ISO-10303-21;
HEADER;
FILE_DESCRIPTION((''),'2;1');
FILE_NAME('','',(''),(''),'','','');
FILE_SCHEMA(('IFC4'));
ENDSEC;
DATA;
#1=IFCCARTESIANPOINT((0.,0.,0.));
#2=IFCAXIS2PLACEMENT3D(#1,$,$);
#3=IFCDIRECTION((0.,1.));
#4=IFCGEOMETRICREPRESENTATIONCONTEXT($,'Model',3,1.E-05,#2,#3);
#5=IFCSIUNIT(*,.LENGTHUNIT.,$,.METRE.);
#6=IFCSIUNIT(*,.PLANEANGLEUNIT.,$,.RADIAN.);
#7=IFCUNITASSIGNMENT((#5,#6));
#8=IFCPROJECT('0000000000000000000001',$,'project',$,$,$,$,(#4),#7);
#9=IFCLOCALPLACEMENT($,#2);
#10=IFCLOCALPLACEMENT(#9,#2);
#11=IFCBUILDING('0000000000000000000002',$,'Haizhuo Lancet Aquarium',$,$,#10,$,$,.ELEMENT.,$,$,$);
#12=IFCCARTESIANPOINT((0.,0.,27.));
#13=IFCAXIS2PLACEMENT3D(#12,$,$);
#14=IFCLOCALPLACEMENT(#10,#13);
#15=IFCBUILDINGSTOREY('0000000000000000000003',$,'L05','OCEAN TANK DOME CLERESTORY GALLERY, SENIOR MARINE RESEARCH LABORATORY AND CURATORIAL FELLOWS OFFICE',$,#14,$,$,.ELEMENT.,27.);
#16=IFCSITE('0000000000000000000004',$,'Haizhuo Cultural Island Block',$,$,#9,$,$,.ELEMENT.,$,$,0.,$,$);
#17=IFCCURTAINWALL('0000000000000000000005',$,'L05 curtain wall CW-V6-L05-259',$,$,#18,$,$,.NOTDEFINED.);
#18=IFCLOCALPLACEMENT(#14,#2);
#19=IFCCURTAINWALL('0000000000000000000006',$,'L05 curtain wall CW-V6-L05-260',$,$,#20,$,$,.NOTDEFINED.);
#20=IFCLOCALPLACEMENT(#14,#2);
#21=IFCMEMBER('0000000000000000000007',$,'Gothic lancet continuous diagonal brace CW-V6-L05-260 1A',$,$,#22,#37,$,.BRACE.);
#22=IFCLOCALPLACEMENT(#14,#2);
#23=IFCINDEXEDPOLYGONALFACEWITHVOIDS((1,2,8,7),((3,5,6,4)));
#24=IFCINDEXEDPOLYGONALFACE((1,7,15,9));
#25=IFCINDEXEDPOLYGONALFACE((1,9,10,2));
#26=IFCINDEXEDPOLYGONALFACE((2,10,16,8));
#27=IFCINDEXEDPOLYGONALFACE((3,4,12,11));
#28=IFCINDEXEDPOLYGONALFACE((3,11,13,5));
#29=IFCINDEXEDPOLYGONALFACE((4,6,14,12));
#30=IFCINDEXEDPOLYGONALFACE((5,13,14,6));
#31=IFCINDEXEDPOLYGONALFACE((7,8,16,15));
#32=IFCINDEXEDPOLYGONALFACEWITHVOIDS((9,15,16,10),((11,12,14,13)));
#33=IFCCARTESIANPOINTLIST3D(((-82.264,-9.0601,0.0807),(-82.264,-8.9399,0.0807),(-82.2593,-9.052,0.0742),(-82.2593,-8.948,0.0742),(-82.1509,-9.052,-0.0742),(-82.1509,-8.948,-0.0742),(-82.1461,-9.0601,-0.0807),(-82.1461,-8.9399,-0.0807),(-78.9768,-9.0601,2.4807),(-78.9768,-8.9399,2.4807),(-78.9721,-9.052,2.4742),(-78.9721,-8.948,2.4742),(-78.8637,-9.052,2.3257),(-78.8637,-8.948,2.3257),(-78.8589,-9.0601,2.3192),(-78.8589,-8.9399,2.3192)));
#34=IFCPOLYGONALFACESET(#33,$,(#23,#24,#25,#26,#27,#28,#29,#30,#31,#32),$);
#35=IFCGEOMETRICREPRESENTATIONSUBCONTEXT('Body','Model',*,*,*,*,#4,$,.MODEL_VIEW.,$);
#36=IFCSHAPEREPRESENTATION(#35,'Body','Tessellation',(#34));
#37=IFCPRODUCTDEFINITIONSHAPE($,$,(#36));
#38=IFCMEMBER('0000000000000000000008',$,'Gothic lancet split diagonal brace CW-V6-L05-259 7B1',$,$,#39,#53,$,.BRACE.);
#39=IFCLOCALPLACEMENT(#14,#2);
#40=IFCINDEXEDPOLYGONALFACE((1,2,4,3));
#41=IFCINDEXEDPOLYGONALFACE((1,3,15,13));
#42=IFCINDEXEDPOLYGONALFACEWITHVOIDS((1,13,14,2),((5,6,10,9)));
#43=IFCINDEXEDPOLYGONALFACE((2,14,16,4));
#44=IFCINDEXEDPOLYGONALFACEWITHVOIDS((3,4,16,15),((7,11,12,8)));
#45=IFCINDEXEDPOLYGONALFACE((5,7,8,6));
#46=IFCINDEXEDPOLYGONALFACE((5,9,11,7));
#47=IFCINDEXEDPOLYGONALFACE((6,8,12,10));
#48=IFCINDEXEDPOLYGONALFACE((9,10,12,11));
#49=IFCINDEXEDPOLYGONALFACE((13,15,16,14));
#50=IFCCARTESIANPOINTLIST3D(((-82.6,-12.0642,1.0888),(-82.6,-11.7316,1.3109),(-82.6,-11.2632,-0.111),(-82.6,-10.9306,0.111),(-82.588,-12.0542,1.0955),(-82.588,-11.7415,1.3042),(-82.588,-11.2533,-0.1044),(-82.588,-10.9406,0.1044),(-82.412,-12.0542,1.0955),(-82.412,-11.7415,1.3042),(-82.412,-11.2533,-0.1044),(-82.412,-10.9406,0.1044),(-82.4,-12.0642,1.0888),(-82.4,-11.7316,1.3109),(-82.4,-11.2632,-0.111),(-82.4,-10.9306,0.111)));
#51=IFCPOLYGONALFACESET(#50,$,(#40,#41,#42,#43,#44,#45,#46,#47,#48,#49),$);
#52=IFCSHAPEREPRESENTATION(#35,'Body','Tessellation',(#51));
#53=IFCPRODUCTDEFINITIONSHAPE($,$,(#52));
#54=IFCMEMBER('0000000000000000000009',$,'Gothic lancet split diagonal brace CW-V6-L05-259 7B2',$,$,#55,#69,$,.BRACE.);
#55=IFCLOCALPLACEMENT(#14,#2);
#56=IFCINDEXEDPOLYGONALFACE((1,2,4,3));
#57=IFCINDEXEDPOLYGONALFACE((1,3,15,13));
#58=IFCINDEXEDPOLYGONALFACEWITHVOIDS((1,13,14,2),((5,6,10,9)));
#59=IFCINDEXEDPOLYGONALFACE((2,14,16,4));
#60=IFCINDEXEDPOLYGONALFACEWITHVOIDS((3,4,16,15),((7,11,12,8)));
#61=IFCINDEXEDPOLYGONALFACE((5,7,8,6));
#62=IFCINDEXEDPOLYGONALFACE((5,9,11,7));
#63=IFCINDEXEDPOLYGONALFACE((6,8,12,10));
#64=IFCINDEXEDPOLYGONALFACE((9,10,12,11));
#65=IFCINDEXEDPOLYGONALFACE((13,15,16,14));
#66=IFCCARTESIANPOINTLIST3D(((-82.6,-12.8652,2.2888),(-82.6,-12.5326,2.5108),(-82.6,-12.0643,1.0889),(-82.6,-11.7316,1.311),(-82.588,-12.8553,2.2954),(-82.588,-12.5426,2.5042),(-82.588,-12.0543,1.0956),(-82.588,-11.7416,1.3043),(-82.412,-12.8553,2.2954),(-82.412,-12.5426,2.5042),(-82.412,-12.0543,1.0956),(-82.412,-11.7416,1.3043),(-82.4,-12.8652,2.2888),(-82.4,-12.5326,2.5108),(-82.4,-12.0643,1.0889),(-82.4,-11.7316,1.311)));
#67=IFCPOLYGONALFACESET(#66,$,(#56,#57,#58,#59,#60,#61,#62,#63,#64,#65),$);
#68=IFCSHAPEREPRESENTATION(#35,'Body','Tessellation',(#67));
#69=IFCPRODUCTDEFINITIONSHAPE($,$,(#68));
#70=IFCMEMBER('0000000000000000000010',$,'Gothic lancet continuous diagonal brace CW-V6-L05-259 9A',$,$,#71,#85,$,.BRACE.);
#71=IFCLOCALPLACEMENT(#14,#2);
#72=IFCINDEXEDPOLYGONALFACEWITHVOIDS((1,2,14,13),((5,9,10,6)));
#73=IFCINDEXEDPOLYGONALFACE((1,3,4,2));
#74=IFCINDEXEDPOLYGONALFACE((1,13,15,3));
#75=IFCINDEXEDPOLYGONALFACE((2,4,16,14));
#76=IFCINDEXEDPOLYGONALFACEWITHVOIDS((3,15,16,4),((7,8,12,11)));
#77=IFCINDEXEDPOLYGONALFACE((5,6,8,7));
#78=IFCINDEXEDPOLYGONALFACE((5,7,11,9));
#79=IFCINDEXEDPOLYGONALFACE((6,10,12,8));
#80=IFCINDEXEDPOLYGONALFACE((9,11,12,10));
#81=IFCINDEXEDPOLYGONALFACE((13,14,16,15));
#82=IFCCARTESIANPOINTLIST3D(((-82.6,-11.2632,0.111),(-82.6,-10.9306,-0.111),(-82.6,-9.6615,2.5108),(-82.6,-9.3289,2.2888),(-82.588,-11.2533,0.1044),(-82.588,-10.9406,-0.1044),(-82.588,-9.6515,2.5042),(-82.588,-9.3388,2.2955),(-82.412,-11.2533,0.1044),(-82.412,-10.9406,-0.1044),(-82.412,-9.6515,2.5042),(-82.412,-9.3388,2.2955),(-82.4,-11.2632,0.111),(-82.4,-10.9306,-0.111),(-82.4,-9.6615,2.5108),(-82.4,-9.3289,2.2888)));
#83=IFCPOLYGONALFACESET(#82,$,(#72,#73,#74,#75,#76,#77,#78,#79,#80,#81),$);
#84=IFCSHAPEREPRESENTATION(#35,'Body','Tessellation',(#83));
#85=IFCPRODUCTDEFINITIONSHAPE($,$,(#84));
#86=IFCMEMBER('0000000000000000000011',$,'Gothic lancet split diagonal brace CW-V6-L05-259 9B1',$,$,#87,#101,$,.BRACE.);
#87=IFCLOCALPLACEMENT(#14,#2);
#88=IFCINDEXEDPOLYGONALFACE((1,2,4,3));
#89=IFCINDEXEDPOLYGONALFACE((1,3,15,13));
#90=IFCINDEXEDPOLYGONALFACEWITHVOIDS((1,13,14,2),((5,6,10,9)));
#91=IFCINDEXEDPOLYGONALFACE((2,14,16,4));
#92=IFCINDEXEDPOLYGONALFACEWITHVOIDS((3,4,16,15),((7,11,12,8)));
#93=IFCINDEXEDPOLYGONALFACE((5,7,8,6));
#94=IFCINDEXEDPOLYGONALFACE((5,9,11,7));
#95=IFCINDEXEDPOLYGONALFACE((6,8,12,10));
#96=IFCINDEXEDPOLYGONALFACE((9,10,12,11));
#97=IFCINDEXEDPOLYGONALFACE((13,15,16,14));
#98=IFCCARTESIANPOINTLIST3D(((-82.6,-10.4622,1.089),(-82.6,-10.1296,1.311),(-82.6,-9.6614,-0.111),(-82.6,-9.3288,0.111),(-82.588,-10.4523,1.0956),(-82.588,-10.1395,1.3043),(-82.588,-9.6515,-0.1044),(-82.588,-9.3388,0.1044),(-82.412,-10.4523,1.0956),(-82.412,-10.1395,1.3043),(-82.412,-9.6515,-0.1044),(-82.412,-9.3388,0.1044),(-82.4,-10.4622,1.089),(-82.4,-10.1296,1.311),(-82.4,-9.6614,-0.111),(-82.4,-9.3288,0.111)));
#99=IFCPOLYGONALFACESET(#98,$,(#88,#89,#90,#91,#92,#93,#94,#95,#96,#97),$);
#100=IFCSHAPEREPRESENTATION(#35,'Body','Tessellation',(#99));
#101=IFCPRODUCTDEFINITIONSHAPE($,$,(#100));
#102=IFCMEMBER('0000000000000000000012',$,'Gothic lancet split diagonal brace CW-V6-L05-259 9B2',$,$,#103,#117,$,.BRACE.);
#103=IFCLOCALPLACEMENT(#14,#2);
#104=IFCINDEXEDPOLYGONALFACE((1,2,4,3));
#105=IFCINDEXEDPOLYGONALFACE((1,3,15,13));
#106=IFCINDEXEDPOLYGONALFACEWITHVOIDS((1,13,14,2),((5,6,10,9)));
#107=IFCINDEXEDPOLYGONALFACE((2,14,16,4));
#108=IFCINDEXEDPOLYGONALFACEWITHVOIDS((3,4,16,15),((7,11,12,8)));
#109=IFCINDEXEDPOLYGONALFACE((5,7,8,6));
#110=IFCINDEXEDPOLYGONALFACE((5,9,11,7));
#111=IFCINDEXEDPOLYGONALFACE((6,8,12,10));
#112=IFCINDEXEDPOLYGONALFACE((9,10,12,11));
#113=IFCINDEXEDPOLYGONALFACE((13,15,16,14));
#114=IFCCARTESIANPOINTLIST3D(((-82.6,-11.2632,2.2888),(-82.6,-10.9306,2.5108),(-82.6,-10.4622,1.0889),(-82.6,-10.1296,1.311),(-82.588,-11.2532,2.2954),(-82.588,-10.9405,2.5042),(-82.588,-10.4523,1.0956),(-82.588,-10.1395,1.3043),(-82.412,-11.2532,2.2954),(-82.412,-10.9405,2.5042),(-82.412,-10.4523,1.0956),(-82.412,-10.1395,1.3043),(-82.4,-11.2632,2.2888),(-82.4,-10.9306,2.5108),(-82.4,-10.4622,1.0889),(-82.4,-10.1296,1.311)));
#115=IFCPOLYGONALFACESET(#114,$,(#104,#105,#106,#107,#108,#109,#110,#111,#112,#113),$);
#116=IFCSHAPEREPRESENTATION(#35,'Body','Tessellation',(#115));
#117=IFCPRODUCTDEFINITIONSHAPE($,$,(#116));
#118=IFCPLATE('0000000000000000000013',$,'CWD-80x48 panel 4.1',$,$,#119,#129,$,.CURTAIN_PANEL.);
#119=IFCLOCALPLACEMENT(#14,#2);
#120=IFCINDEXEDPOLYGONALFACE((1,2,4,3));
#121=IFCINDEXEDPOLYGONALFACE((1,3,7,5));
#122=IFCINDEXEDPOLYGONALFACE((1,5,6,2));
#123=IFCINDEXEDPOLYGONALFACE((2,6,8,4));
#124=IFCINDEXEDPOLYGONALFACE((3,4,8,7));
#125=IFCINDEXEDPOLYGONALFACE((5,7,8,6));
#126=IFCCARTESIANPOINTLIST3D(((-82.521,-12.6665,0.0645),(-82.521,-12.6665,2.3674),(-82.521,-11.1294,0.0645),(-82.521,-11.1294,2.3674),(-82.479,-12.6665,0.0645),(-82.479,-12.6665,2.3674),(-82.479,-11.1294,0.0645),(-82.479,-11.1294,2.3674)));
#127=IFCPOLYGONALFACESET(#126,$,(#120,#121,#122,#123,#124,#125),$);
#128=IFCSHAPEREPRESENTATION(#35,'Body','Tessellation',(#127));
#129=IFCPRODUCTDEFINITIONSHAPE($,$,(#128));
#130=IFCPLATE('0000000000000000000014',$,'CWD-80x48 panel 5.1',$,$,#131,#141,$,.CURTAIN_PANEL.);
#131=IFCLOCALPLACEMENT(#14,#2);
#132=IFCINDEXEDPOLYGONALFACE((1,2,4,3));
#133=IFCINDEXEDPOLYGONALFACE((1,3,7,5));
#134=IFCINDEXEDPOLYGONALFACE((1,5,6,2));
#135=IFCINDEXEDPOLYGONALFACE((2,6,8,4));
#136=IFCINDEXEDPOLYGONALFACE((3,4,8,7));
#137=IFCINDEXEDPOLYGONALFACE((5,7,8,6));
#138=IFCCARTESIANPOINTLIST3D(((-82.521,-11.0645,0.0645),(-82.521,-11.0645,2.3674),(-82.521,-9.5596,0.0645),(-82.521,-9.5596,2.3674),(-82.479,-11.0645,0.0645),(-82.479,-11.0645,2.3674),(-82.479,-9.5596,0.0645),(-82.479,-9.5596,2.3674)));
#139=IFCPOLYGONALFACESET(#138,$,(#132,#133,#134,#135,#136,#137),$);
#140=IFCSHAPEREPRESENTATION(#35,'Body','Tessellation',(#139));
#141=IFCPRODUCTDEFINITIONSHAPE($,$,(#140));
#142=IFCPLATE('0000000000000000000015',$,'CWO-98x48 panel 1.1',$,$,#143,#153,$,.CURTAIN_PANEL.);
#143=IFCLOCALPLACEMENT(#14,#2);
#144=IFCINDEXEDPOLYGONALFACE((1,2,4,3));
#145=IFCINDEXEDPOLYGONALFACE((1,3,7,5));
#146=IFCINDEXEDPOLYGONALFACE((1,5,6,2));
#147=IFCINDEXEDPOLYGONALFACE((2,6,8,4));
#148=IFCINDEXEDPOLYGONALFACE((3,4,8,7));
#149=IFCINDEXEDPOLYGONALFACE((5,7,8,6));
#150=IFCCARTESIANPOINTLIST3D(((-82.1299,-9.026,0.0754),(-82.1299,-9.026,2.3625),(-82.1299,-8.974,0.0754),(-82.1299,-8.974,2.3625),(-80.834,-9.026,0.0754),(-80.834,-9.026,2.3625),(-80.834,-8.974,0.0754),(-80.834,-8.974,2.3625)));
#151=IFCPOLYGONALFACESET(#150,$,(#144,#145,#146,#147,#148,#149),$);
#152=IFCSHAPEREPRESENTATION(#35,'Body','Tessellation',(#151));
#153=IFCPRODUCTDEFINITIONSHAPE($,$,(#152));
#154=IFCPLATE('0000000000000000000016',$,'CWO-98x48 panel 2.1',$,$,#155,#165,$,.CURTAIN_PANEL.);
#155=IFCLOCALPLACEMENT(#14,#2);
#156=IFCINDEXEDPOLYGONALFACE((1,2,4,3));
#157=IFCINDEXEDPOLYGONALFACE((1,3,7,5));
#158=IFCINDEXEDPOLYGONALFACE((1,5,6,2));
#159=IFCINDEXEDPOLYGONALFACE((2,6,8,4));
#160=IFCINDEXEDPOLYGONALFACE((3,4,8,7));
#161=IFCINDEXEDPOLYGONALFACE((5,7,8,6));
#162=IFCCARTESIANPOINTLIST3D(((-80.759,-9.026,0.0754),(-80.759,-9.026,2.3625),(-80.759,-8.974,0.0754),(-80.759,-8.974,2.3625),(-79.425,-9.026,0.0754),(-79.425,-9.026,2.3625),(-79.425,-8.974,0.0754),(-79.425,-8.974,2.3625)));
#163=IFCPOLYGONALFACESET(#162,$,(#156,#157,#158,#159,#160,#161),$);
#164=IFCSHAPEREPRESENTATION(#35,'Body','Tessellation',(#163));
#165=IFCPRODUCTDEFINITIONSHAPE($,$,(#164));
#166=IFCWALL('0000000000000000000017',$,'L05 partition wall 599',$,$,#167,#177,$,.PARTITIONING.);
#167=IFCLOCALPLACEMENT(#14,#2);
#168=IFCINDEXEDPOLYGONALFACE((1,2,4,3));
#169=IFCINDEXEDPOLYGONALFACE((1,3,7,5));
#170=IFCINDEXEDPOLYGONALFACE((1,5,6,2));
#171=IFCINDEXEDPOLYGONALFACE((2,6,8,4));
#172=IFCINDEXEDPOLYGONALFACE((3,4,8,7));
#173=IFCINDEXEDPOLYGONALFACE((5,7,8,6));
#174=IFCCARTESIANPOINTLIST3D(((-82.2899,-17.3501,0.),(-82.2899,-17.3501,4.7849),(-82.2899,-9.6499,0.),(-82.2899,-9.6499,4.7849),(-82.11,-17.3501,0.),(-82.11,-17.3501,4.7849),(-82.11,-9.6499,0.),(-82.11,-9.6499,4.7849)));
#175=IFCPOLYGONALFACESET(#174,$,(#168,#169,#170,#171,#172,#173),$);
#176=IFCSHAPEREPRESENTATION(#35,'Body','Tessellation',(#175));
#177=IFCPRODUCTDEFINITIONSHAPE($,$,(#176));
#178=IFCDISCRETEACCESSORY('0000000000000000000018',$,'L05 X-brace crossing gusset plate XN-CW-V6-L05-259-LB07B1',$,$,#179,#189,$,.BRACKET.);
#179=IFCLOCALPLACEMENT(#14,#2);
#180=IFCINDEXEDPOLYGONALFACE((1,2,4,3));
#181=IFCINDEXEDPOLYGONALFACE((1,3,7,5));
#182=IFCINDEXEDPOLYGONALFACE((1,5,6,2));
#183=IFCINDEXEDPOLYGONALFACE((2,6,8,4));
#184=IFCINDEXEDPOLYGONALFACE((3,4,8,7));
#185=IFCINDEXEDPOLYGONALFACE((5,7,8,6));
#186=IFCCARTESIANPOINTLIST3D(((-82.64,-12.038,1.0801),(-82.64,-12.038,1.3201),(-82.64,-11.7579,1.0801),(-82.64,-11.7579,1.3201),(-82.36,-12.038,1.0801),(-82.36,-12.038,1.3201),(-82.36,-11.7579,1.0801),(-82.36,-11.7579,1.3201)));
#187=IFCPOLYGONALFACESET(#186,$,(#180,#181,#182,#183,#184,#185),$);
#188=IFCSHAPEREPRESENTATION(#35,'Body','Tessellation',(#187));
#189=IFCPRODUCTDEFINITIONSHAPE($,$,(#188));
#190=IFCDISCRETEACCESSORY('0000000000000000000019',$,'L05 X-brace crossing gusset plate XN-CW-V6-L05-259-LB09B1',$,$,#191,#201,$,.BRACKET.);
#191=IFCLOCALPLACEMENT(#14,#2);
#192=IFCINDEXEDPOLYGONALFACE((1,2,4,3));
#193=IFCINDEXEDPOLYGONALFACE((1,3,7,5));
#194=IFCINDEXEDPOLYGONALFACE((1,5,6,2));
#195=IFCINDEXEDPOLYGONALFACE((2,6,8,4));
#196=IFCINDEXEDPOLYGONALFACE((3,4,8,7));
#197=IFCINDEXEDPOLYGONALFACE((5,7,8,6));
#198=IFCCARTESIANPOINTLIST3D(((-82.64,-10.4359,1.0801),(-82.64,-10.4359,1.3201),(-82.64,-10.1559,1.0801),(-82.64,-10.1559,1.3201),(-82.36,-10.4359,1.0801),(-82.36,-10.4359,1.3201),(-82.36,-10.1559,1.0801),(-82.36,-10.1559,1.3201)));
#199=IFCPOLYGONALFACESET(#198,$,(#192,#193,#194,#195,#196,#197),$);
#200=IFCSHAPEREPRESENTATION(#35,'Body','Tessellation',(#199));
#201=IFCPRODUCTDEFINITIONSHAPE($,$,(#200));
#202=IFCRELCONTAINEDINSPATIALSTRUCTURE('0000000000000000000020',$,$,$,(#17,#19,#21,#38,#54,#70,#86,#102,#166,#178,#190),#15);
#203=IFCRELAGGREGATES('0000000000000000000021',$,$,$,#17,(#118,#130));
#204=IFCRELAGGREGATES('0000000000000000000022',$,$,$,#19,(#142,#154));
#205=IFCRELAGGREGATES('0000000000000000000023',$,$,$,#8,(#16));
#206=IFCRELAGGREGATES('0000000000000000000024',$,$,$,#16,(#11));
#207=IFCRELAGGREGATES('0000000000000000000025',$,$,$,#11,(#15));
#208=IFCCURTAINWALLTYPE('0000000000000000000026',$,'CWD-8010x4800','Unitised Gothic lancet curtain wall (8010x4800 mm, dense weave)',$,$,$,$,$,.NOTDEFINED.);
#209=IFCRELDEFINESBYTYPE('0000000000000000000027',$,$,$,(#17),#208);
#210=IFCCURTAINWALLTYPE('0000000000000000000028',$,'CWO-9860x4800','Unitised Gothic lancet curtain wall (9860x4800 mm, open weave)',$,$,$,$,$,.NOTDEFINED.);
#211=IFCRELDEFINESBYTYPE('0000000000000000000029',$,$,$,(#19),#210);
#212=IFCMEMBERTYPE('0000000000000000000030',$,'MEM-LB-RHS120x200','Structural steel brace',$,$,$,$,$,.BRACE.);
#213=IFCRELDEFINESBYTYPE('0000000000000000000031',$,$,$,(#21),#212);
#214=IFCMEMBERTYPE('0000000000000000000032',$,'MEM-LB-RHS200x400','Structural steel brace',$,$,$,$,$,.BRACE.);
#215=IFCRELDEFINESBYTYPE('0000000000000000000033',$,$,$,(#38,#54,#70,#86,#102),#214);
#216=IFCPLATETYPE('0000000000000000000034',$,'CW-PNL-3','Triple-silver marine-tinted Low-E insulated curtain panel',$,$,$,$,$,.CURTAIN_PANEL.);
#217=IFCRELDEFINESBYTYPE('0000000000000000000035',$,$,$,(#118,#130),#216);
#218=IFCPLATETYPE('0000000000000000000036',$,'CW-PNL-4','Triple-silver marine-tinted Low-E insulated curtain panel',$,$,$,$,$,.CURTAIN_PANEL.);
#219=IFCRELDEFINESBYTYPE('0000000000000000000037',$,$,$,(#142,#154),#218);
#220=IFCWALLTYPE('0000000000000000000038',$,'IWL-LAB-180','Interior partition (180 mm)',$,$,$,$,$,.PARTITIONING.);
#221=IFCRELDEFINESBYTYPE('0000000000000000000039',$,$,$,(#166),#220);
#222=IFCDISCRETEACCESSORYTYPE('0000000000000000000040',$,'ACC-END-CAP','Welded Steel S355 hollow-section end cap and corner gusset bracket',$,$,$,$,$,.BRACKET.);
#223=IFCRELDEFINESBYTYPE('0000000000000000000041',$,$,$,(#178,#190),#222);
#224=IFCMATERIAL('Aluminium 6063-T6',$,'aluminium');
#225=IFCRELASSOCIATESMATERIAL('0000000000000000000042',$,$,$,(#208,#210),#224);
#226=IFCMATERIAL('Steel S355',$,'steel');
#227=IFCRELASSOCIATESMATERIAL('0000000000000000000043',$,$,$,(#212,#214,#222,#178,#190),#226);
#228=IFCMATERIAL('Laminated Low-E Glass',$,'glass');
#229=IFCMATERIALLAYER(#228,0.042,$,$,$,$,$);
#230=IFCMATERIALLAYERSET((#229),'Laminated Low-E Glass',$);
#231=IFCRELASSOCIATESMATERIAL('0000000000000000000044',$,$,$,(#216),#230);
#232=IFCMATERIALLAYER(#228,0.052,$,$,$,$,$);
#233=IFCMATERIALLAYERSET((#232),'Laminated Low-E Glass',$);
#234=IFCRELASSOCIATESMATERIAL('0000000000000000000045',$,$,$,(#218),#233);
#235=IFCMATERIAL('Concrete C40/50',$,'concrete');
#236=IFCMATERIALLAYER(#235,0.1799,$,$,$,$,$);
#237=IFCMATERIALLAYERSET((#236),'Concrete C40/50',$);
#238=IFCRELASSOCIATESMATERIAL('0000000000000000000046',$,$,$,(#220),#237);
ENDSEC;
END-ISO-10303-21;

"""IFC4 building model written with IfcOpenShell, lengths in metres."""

from ifc_helpers import new_model, si_unit, direction, frame, frame_2d, origin, origin_2d, place, context, subcontext, project, spatial, rectangle, hollow_rectangle, extrude, material, layer, layer_set, material_profile, profile_set, type_object, element, aggregate, save


model = new_model("IFC4")

# Units and contexts
model_context = context("Model", 3, precision=1e-05, world=origin(), true_north=direction((0.0, 1.0)))
body_context = subcontext(model_context, "Body", "Model", "MODEL_VIEW")
ifc_project = project(units=[si_unit("LENGTHUNIT", "METRE"), si_unit("PLANEANGLEUNIT", "RADIAN")], contexts=[model_context])

# Site, building, storey
site_placement = place(None, origin())
site = spatial("IfcSite", under=ifc_project, at=site_placement, Name="Haizhuo Cultural Island Block", CompositionType="ELEMENT", RefElevation=0.0)
building_placement = place(site_placement, origin())
building = spatial("IfcBuilding", under=site, at=building_placement, Name="Haizhuo Lancet Aquarium", CompositionType="ELEMENT")
storey_placement = place(building_placement, frame((0.0, 0.0, 27.0)))
storey = spatial("IfcBuildingStorey", under=building, at=storey_placement, Name="L05", Description="OCEAN TANK DOME CLERESTORY GALLERY, SENIOR MARINE RESEARCH LABORATORY AND CURATORIAL FELLOWS OFFICE", CompositionType="ELEMENT", Elevation=27.0)

# Curtain walls
ifc_material_1 = material(Name="Aluminium 6063-T6", Category="aluminium")
curtain_wall_type_1 = type_object("IfcCurtainWallType", Name="CWD-8010x4800", Description="Unitised Gothic lancet curtain wall (8010x4800 mm, dense weave)", PredefinedType="NOTDEFINED", material=ifc_material_1)
curtain_wall_1_placement = place(storey_placement, origin())
curtain_wall_1 = element("IfcCurtainWall", 1, at=curtain_wall_1_placement, inside=storey, type_object=curtain_wall_type_1, Name="L05 curtain wall CW-V6-L05-259", PredefinedType="NOTDEFINED")
curtain_wall_type_2 = type_object("IfcCurtainWallType", Name="CWO-9860x4800", Description="Unitised Gothic lancet curtain wall (9860x4800 mm, open weave)", PredefinedType="NOTDEFINED", material=ifc_material_1)
curtain_wall_2_placement = place(storey_placement, origin())
curtain_wall_2 = element("IfcCurtainWall", 2, at=curtain_wall_2_placement, inside=storey, type_object=curtain_wall_type_2, Name="L05 curtain wall CW-V6-L05-260", PredefinedType="NOTDEFINED")

# Members
ifc_material_2 = material(Name="Steel S355", Category="steel")
ifc_material_profile_1 = material_profile(ifc_material_2, hollow_rectangle(XDim=0.1201, YDim=0.2, WallThickness=0.0081, at=origin_2d()), Name="RHS 120x200x8")
ifc_profile_set_1 = profile_set([ifc_material_profile_1], Name="Steel S355")
member_type_1 = type_object("IfcMemberType", Name="MEM-LB-RHS120x200", Description="Structural steel brace", PredefinedType="BRACE", material=ifc_profile_set_1)
member_1_placement = place(storey_placement, frame((-82.2051, -9.0, 0.0), z_axis=(0.80765, 0.0, 0.589662), x_axis=(0.0, 1.0, 0.0)))
element("IfcMember", 3, at=member_1_placement, inside=storey, type_object=member_type_1, Name="Gothic lancet continuous diagonal brace CW-V6-L05-260 1A", PredefinedType="BRACE", context=body_context, shape_type="SweptSolid", body=[
    extrude(hollow_rectangle(XDim=0.1201, YDim=0.2, WallThickness=0.0081, at=origin_2d()), origin(), (0.0, 0.0, 1.0), 4.0701),
])
ifc_material_profile_2 = material_profile(ifc_material_2, hollow_rectangle(XDim=0.2, YDim=0.3999, WallThickness=0.012, at=origin_2d()), Name="RHS 200x400x12")
ifc_profile_set_2 = profile_set([ifc_material_profile_2], Name="Steel S355")
member_type_2 = type_object("IfcMemberType", Name="MEM-LB-RHS200x400", Description="Structural steel brace", PredefinedType="BRACE", material=ifc_profile_set_2)
for number, where, z_axis, x_axis, name in (
    (4, (-82.5, -11.0969, 0.0), (0.0, -0.555208, 0.831712), (1.0, 0.0, 0.0), "Gothic lancet split diagonal brace CW-V6-L05-259 7B1"),
    (5, (-82.5, -11.8979, 1.2), (0.0, -0.555208, 0.831712), (1.0, 0.0, 0.0), "Gothic lancet split diagonal brace CW-V6-L05-259 7B2"),
):
    element("IfcMember", number, at=place(storey_placement, frame(where, z_axis=z_axis, x_axis=x_axis)), inside=storey, type_object=member_type_2, Name=name, PredefinedType="BRACE", context=body_context, shape_type="SweptSolid", body=[
        extrude(hollow_rectangle(XDim=0.2, YDim=0.3999, WallThickness=0.012, at=origin_2d()), origin(), (0.0, 0.0, 1.0), 1.4426),
    ])
member_2_placement = place(storey_placement, frame((-82.5, -11.0969, 0.0), z_axis=(0.0, 0.555149, 0.831751), x_axis=(-1.0, 0.0, 0.0)))
element("IfcMember", 6, at=member_2_placement, inside=storey, type_object=member_type_2, Name="Gothic lancet continuous diagonal brace CW-V6-L05-259 9A", PredefinedType="BRACE", context=body_context, shape_type="SweptSolid", body=[
    extrude(hollow_rectangle(XDim=0.2, YDim=0.3999, WallThickness=0.012, at=origin_2d()), origin(), (0.0, 0.0, 1.0), 2.8853),
])
for number, where, z_axis, x_axis, name in (
    (7, (-82.5, -9.4951, 0.0), (0.0, -0.555091, 0.83179), (1.0, 0.0, 0.0), "Gothic lancet split diagonal brace CW-V6-L05-259 9B1"),
    (8, (-82.5, -10.2959, 1.2), (0.0, -0.555208, 0.831712), (1.0, 0.0, 0.0), "Gothic lancet split diagonal brace CW-V6-L05-259 9B2"),
):
    element("IfcMember", number, at=place(storey_placement, frame(where, z_axis=z_axis, x_axis=x_axis)), inside=storey, type_object=member_type_2, Name=name, PredefinedType="BRACE", context=body_context, shape_type="SweptSolid", body=[
        extrude(hollow_rectangle(XDim=0.2, YDim=0.3999, WallThickness=0.012, at=origin_2d()), origin(), (0.0, 0.0, 1.0), 1.4426),
    ])

# Plates
ifc_material_3 = material(Name="Laminated Low-E Glass", Category="glass")
ifc_layer_1 = layer(ifc_material_3, 0.042)
ifc_layer_set_1 = layer_set([ifc_layer_1], Name="Laminated Low-E Glass")
plate_type_1 = type_object("IfcPlateType", Name="CW-PNL-3", Description="Triple-silver marine-tinted Low-E insulated curtain panel", PredefinedType="CURTAIN_PANEL", material=ifc_layer_set_1)
plate_1_placement = place(storey_placement, frame((-82.5, -11.8979, 0.0645), z_axis=(0.0, 0.0, 1.0), x_axis=(0.0, 1.0, 0.0)))
plate_1 = element("IfcPlate", 9, at=plate_1_placement, type_object=plate_type_1, Name="CWD-80x48 panel 4.1", PredefinedType="CURTAIN_PANEL", context=body_context, shape_type="SweptSolid", body=[
    extrude(rectangle(XDim=1.5371, YDim=0.042, at=origin_2d()), origin(), (0.0, 0.0, 1.0), 2.303),
])
plate_2_placement = place(storey_placement, frame((-82.5, -10.312, 0.0645), z_axis=(0.0, 0.0, 1.0), x_axis=(0.0, 1.0, 0.0)))
plate_2 = element("IfcPlate", 10, at=plate_2_placement, type_object=plate_type_1, Name="CWD-80x48 panel 5.1", PredefinedType="CURTAIN_PANEL", context=body_context, shape_type="SweptSolid", body=[
    extrude(rectangle(XDim=1.5049, YDim=0.042, at=origin_2d()), origin(), (0.0, 0.0, 1.0), 2.303),
])
aggregate(curtain_wall_1, [plate_1, plate_2])
ifc_layer_2 = layer(ifc_material_3, 0.052)
ifc_layer_set_2 = layer_set([ifc_layer_2], Name="Laminated Low-E Glass")
plate_type_2 = type_object("IfcPlateType", Name="CW-PNL-4", Description="Triple-silver marine-tinted Low-E insulated curtain panel", PredefinedType="CURTAIN_PANEL", material=ifc_layer_set_2)
plate_3_placement = place(storey_placement, frame((-81.4819, -9.0, 0.0754), z_axis=(0.0, 0.0, 1.0), x_axis=(1.0, 0.0, 0.0)))
plate_3 = element("IfcPlate", 11, at=plate_3_placement, type_object=plate_type_2, Name="CWO-98x48 panel 1.1", PredefinedType="CURTAIN_PANEL", context=body_context, shape_type="SweptSolid", body=[
    extrude(rectangle(XDim=1.2959, YDim=0.052, at=origin_2d()), origin(), (0.0, 0.0, 1.0), 2.2871),
])
plate_4_placement = place(storey_placement, frame((-80.092, -9.0, 0.0754), z_axis=(0.0, 0.0, 1.0), x_axis=(1.0, 0.0, 0.0)))
plate_4 = element("IfcPlate", 12, at=plate_4_placement, type_object=plate_type_2, Name="CWO-98x48 panel 2.1", PredefinedType="CURTAIN_PANEL", context=body_context, shape_type="SweptSolid", body=[
    extrude(rectangle(XDim=1.334, YDim=0.052, at=origin_2d()), origin(), (0.0, 0.0, 1.0), 2.2871),
])
aggregate(curtain_wall_2, [plate_3, plate_4])

# Wall
ifc_material_4 = material(Name="Concrete C40/50", Category="concrete")
ifc_layer_3 = layer(ifc_material_4, 0.1799)
ifc_layer_set_3 = layer_set([ifc_layer_3], Name="Concrete C40/50")
wall_type = type_object("IfcWallType", Name="IWL-LAB-180", Description="Interior partition (180 mm)", PredefinedType="PARTITIONING", material=ifc_layer_set_3)
wall_placement = place(storey_placement, frame((-82.2, -9.6499, 0.0), z_axis=(0.0, 0.0, 1.0), x_axis=(0.0, -1.0, 0.0)))
element("IfcWall", 13, at=wall_placement, inside=storey, type_object=wall_type, Name="L05 partition wall 599", PredefinedType="PARTITIONING", context=body_context, shape_type="SweptSolid", body=[
    extrude(rectangle(XDim=7.7002, YDim=0.1799, at=frame_2d((3.8501, 0.0))), origin(), (0.0, 0.0, 1.0), 4.7849),
])

# Discrete accessories
discrete_accessory_type = type_object("IfcDiscreteAccessoryType", Name="ACC-END-CAP", Description="Welded Steel S355 hollow-section end cap and corner gusset bracket", PredefinedType="BRACKET", material=ifc_material_2)
for number, where, z_axis, x_axis, name in (
    (14, (-82.5, -11.8979, 1.0801), (0.0, 0.0, 1.0), (1.0, 0.0, 0.0), "L05 X-brace crossing gusset plate XN-CW-V6-L05-259-LB07B1"),
    (15, (-82.5, -10.2959, 1.0801), (0.0, 0.0, 1.0), (1.0, 0.0, 0.0), "L05 X-brace crossing gusset plate XN-CW-V6-L05-259-LB09B1"),
):
    element("IfcDiscreteAccessory", number, at=place(storey_placement, frame(where, z_axis=z_axis, x_axis=x_axis)), inside=storey, type_object=discrete_accessory_type, material=ifc_material_2, Name=name, PredefinedType="BRACKET", context=body_context, shape_type="SweptSolid", body=[
        extrude(rectangle(XDim=0.28, YDim=0.28, at=origin_2d()), origin(), (0.0, 0.0, 1.0), 0.24),
    ])

save(model, "model.ifc")
